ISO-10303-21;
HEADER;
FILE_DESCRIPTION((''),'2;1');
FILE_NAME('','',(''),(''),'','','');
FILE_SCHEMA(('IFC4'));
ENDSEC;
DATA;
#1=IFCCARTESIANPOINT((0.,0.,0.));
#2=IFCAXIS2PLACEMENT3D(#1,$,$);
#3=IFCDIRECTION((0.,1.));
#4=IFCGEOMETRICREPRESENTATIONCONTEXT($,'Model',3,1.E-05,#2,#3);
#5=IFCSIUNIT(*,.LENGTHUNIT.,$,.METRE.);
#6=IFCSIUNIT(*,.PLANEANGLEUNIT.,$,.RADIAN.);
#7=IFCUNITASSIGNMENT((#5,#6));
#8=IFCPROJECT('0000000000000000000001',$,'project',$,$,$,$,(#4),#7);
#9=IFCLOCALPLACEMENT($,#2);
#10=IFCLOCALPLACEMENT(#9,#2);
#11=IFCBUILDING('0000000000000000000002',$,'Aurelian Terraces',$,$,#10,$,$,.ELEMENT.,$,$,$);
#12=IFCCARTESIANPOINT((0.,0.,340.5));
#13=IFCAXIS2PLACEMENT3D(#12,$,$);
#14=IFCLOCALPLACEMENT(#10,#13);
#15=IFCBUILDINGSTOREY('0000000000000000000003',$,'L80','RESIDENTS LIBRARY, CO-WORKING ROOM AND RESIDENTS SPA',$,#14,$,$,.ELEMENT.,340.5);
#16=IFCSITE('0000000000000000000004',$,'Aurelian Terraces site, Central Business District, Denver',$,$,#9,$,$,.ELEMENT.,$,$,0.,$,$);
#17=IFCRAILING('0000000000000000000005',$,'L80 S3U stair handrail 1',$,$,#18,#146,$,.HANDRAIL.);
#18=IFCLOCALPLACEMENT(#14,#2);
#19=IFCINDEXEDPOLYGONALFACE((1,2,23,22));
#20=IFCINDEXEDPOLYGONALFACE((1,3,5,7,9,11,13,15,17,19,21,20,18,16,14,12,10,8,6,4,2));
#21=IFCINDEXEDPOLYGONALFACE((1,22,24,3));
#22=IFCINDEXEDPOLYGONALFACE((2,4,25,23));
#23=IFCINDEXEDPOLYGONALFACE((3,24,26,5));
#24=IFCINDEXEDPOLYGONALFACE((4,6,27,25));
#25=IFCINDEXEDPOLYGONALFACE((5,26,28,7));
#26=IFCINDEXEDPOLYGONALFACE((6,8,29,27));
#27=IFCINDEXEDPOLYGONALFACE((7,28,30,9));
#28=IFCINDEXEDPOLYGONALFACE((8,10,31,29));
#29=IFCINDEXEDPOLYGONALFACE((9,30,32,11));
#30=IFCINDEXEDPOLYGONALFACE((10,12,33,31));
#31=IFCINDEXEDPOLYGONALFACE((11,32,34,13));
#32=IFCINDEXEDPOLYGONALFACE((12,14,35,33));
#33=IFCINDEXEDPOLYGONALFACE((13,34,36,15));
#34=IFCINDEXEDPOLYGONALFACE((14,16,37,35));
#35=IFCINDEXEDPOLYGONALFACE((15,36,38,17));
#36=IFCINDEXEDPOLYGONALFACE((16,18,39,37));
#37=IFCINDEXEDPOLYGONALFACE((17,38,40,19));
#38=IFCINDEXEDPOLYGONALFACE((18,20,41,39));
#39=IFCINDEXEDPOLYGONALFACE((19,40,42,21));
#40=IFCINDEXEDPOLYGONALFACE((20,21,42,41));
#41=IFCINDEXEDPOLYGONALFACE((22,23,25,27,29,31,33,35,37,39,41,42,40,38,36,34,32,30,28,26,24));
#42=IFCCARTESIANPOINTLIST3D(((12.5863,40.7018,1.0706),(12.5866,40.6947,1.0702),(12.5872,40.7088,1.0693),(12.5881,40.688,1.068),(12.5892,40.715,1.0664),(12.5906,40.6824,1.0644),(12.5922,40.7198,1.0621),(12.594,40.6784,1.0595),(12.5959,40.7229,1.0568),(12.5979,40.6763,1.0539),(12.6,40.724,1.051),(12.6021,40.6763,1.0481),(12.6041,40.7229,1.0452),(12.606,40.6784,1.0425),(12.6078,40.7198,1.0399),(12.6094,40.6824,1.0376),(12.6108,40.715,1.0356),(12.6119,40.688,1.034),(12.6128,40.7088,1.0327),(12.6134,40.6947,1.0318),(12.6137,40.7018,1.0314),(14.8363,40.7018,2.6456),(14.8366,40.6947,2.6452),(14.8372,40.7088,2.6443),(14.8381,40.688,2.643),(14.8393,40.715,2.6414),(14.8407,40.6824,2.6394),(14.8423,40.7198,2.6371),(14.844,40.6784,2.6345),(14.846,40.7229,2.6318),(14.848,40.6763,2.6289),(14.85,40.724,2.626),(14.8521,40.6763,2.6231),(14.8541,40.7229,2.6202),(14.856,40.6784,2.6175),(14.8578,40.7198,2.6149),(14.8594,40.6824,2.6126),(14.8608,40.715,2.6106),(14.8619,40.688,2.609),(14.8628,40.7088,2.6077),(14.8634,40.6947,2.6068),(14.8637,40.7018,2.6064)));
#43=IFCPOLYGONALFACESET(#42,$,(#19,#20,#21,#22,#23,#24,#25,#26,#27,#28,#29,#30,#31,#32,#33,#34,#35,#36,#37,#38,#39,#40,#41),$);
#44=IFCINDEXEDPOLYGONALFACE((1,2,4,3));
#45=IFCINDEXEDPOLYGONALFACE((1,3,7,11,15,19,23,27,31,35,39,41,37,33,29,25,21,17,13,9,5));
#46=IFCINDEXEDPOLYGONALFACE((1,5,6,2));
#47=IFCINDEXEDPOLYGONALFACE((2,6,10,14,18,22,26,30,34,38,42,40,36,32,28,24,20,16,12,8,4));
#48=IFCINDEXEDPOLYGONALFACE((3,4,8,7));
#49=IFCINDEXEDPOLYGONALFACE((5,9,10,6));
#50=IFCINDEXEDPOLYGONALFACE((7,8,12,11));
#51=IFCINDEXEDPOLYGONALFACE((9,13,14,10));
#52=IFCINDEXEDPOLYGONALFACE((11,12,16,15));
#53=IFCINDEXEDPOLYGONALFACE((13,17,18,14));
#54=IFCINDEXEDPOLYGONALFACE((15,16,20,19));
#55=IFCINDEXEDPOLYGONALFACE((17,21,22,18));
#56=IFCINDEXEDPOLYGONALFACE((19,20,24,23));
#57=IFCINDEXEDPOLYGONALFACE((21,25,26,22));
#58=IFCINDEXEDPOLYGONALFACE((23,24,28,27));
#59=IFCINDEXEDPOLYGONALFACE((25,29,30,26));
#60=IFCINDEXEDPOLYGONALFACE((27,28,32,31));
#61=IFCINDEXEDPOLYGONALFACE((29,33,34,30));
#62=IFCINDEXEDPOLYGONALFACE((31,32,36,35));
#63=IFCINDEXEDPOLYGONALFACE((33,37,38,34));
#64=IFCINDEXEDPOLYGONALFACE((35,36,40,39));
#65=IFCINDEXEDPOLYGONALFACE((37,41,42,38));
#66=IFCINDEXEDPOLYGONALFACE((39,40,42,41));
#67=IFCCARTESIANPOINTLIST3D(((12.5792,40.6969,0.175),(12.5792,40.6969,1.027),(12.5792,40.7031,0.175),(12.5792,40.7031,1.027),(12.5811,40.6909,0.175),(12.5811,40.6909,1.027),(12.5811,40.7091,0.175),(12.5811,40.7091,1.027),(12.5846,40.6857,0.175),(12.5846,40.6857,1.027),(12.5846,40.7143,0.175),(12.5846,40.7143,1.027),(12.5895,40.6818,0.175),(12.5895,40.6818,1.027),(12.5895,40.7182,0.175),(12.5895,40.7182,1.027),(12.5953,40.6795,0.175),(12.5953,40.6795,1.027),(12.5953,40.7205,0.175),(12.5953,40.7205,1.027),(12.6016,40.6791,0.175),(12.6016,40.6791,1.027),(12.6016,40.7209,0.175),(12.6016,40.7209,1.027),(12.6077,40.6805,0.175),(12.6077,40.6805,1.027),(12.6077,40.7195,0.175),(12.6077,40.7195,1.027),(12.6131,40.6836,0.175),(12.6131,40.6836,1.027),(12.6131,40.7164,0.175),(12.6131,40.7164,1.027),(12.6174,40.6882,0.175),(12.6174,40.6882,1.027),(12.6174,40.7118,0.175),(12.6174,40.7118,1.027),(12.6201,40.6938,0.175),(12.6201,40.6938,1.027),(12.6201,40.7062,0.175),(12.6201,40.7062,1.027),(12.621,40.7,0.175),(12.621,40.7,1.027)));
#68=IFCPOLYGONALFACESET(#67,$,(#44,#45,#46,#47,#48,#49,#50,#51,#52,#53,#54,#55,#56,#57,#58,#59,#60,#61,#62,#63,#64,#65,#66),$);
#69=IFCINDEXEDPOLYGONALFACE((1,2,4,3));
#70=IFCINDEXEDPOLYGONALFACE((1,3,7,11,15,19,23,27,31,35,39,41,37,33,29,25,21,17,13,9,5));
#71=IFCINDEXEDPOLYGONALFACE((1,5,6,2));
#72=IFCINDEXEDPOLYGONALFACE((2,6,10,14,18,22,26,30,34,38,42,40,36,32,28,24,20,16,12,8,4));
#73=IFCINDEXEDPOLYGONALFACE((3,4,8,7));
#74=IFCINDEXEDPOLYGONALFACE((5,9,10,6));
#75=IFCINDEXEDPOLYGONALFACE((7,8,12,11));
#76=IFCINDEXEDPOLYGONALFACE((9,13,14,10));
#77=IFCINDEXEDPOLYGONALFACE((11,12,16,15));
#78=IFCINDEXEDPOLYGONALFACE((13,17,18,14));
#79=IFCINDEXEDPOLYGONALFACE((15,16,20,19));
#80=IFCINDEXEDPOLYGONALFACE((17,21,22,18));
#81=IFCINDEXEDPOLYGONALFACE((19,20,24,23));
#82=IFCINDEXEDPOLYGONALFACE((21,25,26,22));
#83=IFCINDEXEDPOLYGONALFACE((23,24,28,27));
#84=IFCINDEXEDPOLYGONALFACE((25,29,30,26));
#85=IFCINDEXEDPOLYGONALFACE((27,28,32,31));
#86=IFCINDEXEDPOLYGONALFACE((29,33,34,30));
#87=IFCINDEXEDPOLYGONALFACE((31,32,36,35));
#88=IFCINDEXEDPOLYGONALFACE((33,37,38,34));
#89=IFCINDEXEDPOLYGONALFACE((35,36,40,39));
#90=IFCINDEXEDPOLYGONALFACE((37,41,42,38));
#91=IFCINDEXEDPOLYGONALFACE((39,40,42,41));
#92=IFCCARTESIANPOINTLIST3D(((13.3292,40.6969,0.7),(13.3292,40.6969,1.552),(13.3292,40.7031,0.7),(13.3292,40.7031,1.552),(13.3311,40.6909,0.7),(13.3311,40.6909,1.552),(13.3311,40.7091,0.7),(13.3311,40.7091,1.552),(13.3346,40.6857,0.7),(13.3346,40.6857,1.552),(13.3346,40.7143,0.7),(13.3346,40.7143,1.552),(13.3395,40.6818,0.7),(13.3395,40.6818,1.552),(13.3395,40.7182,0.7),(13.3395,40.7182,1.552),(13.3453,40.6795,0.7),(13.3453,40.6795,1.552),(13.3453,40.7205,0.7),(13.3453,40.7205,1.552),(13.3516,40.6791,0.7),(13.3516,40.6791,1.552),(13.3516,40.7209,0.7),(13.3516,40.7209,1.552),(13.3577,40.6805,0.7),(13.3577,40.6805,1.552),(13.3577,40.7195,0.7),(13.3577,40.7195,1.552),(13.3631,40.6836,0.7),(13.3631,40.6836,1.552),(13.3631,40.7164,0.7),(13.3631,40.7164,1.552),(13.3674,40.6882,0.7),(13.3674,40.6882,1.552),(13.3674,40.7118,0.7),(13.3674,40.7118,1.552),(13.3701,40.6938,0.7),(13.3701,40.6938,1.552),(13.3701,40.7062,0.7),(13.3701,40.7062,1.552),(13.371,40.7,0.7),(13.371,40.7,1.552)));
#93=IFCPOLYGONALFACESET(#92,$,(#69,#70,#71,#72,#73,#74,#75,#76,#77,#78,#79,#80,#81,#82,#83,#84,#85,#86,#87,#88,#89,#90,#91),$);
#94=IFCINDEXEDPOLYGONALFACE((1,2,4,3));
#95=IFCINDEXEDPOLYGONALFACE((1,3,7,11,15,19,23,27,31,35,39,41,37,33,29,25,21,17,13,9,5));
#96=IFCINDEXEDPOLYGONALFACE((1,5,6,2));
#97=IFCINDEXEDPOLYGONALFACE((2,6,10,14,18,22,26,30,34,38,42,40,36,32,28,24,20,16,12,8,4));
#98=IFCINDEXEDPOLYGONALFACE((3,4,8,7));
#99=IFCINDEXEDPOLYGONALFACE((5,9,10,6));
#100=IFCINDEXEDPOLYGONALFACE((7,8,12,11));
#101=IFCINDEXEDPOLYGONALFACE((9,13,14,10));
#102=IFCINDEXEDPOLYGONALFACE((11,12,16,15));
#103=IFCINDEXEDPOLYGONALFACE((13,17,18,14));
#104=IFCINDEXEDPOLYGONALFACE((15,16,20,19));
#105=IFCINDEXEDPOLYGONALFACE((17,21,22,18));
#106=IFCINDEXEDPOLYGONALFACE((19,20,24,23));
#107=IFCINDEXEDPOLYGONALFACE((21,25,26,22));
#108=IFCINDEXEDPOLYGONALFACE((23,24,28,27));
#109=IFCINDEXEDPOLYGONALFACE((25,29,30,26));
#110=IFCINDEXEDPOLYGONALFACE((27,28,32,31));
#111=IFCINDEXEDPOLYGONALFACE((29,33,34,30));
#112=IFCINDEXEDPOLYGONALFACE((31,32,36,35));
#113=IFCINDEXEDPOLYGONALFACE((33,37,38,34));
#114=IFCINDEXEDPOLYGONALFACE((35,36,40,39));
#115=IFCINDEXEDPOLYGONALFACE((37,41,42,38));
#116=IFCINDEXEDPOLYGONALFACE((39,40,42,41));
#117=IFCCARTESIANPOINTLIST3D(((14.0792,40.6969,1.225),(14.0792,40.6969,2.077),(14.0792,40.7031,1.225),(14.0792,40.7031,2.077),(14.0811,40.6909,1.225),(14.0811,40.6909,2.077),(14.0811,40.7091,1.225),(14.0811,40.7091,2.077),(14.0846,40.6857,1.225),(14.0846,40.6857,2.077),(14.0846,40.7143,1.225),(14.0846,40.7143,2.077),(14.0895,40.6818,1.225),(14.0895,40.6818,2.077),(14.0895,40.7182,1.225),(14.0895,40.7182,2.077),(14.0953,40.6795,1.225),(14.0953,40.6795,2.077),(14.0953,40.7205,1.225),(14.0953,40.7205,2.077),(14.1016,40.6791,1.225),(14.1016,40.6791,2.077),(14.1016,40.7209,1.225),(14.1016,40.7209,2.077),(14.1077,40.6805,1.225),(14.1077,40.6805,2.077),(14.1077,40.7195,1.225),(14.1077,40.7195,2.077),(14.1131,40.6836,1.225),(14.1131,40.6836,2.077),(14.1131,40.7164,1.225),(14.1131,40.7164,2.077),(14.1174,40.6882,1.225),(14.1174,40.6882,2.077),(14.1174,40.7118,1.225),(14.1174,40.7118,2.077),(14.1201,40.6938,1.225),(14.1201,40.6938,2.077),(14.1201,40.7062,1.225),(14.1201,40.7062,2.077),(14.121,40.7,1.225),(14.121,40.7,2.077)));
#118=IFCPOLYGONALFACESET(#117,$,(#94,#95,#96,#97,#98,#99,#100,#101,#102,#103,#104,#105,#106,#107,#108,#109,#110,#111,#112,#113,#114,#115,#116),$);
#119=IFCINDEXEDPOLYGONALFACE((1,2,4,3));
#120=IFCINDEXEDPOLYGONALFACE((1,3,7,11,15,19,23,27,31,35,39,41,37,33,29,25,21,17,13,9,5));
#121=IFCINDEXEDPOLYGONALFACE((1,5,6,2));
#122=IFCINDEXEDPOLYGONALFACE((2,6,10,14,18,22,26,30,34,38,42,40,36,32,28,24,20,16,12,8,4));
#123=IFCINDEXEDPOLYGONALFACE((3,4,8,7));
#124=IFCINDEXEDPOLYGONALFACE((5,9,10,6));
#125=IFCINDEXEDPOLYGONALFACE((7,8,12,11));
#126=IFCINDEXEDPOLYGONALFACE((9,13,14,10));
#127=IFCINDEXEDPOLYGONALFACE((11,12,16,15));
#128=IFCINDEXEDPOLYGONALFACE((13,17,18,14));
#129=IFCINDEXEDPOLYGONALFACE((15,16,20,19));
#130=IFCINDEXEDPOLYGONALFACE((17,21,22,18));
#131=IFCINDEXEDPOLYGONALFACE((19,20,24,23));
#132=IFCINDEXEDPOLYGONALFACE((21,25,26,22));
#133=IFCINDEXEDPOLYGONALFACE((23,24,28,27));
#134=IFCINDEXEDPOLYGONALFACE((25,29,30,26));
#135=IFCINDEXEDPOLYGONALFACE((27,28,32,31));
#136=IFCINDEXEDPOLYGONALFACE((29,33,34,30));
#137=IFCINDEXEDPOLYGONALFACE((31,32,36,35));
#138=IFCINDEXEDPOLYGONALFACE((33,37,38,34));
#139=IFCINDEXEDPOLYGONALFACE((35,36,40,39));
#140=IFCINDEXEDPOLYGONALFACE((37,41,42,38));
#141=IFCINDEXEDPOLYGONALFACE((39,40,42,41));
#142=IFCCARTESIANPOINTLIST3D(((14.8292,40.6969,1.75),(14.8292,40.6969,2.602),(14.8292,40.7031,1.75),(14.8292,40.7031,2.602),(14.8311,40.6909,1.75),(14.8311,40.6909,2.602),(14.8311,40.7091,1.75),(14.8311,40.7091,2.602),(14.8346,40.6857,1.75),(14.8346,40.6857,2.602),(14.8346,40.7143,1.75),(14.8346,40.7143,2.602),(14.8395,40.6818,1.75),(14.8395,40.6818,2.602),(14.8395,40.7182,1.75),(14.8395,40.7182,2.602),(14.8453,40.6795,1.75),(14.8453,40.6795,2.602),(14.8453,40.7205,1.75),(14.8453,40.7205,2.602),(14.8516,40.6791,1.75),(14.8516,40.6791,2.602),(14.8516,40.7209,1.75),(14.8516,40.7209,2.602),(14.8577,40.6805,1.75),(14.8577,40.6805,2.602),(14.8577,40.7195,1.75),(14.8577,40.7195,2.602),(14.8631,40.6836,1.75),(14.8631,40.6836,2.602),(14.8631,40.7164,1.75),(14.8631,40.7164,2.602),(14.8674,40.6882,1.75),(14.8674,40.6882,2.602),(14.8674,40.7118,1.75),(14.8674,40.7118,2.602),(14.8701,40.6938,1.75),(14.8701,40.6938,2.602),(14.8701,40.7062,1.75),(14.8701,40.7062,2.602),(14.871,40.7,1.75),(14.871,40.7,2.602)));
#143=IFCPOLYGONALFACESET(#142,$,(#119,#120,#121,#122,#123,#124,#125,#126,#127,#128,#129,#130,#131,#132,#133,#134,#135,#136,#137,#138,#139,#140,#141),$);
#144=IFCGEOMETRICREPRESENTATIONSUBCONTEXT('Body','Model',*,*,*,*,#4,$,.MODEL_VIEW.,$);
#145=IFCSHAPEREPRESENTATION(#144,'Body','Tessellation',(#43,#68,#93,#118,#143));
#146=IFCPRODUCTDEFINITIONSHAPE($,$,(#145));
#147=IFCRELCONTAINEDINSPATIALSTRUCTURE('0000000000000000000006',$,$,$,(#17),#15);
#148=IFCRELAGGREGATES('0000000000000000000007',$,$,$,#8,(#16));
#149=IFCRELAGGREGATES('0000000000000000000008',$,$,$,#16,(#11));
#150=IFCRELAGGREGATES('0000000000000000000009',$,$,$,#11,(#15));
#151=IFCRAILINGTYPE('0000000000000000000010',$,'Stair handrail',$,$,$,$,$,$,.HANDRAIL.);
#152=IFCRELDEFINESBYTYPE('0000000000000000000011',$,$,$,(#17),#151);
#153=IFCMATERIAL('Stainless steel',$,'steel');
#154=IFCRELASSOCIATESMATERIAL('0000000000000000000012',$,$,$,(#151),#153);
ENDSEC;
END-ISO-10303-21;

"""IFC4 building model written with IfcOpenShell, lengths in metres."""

from ifc_helpers import new_model, si_unit, direction, frame, origin, origin_2d, place, context, subcontext, project, spatial, circle, extrude, source, transform, mapped, material, type_object, element, save


model = new_model("IFC4")

# Units and contexts
model_context = context("Model", 3, precision=1e-05, world=origin(), true_north=direction((0.0, 1.0)))
body_context = subcontext(model_context, "Body", "Model", "MODEL_VIEW")
ifc_project = project(units=[si_unit("LENGTHUNIT", "METRE"), si_unit("PLANEANGLEUNIT", "RADIAN")], contexts=[model_context])

# Site, building, storey
site_placement = place(None, origin())
site = spatial("IfcSite", under=ifc_project, at=site_placement, Name="Aurelian Terraces site, Central Business District, Denver", CompositionType="ELEMENT", RefElevation=0.0)
building_placement = place(site_placement, origin())
building = spatial("IfcBuilding", under=site, at=building_placement, Name="Aurelian Terraces", CompositionType="ELEMENT")
storey_placement = place(building_placement, frame((0.0, 0.0, 340.5)))
storey = spatial("IfcBuildingStorey", under=building, at=storey_placement, Name="L80", Description="RESIDENTS LIBRARY, CO-WORKING ROOM AND RESIDENTS SPA", CompositionType="ELEMENT", Elevation=340.5)

# Railing
ifc_material_1 = material(Name="Stainless steel", Category="steel")
railing_type_1 = type_object("IfcRailingType", Name="Stair handrail", PredefinedType="HANDRAIL", material=ifc_material_1)
shared_shape_1 = source(origin(), body_context, "Body", "SweptSolid", [
    extrude(circle(Radius=0.024, at=origin_2d()), frame((0.0, 0.0, 0.876), z_axis=(0.819232, 0.0, 0.573462), x_axis=(0.0, 1.0, 0.0)), (0.0, 0.0, 1.0), 2.7465),
    extrude(circle(Radius=0.021, at=origin_2d()), origin(), (0.0, 0.0, 1.0), 0.852),
    extrude(circle(Radius=0.021, at=origin_2d()), frame((0.75, 0.0, 0.525)), (0.0, 0.0, 1.0), 0.852),
    extrude(circle(Radius=0.021, at=origin_2d()), frame((1.5, 0.0, 1.05)), (0.0, 0.0, 1.0), 0.852),
    extrude(circle(Radius=0.021, at=origin_2d()), frame((2.25, 0.0, 1.575)), (0.0, 0.0, 1.0), 0.852),
])
railing_1_placement = place(storey_placement, frame((12.6, 40.7, 0.175)))
element("IfcRailing", 1, at=railing_1_placement, inside=storey, type_object=railing_type_1, Name="L80 S3U stair handrail 1", PredefinedType="HANDRAIL", context=body_context, shape_type="MappedRepresentation", body=[
    mapped(shared_shape_1, transform((0.0, 0.0, 0.0), scale=1.0)),
])

save(model, "model.ifc")
